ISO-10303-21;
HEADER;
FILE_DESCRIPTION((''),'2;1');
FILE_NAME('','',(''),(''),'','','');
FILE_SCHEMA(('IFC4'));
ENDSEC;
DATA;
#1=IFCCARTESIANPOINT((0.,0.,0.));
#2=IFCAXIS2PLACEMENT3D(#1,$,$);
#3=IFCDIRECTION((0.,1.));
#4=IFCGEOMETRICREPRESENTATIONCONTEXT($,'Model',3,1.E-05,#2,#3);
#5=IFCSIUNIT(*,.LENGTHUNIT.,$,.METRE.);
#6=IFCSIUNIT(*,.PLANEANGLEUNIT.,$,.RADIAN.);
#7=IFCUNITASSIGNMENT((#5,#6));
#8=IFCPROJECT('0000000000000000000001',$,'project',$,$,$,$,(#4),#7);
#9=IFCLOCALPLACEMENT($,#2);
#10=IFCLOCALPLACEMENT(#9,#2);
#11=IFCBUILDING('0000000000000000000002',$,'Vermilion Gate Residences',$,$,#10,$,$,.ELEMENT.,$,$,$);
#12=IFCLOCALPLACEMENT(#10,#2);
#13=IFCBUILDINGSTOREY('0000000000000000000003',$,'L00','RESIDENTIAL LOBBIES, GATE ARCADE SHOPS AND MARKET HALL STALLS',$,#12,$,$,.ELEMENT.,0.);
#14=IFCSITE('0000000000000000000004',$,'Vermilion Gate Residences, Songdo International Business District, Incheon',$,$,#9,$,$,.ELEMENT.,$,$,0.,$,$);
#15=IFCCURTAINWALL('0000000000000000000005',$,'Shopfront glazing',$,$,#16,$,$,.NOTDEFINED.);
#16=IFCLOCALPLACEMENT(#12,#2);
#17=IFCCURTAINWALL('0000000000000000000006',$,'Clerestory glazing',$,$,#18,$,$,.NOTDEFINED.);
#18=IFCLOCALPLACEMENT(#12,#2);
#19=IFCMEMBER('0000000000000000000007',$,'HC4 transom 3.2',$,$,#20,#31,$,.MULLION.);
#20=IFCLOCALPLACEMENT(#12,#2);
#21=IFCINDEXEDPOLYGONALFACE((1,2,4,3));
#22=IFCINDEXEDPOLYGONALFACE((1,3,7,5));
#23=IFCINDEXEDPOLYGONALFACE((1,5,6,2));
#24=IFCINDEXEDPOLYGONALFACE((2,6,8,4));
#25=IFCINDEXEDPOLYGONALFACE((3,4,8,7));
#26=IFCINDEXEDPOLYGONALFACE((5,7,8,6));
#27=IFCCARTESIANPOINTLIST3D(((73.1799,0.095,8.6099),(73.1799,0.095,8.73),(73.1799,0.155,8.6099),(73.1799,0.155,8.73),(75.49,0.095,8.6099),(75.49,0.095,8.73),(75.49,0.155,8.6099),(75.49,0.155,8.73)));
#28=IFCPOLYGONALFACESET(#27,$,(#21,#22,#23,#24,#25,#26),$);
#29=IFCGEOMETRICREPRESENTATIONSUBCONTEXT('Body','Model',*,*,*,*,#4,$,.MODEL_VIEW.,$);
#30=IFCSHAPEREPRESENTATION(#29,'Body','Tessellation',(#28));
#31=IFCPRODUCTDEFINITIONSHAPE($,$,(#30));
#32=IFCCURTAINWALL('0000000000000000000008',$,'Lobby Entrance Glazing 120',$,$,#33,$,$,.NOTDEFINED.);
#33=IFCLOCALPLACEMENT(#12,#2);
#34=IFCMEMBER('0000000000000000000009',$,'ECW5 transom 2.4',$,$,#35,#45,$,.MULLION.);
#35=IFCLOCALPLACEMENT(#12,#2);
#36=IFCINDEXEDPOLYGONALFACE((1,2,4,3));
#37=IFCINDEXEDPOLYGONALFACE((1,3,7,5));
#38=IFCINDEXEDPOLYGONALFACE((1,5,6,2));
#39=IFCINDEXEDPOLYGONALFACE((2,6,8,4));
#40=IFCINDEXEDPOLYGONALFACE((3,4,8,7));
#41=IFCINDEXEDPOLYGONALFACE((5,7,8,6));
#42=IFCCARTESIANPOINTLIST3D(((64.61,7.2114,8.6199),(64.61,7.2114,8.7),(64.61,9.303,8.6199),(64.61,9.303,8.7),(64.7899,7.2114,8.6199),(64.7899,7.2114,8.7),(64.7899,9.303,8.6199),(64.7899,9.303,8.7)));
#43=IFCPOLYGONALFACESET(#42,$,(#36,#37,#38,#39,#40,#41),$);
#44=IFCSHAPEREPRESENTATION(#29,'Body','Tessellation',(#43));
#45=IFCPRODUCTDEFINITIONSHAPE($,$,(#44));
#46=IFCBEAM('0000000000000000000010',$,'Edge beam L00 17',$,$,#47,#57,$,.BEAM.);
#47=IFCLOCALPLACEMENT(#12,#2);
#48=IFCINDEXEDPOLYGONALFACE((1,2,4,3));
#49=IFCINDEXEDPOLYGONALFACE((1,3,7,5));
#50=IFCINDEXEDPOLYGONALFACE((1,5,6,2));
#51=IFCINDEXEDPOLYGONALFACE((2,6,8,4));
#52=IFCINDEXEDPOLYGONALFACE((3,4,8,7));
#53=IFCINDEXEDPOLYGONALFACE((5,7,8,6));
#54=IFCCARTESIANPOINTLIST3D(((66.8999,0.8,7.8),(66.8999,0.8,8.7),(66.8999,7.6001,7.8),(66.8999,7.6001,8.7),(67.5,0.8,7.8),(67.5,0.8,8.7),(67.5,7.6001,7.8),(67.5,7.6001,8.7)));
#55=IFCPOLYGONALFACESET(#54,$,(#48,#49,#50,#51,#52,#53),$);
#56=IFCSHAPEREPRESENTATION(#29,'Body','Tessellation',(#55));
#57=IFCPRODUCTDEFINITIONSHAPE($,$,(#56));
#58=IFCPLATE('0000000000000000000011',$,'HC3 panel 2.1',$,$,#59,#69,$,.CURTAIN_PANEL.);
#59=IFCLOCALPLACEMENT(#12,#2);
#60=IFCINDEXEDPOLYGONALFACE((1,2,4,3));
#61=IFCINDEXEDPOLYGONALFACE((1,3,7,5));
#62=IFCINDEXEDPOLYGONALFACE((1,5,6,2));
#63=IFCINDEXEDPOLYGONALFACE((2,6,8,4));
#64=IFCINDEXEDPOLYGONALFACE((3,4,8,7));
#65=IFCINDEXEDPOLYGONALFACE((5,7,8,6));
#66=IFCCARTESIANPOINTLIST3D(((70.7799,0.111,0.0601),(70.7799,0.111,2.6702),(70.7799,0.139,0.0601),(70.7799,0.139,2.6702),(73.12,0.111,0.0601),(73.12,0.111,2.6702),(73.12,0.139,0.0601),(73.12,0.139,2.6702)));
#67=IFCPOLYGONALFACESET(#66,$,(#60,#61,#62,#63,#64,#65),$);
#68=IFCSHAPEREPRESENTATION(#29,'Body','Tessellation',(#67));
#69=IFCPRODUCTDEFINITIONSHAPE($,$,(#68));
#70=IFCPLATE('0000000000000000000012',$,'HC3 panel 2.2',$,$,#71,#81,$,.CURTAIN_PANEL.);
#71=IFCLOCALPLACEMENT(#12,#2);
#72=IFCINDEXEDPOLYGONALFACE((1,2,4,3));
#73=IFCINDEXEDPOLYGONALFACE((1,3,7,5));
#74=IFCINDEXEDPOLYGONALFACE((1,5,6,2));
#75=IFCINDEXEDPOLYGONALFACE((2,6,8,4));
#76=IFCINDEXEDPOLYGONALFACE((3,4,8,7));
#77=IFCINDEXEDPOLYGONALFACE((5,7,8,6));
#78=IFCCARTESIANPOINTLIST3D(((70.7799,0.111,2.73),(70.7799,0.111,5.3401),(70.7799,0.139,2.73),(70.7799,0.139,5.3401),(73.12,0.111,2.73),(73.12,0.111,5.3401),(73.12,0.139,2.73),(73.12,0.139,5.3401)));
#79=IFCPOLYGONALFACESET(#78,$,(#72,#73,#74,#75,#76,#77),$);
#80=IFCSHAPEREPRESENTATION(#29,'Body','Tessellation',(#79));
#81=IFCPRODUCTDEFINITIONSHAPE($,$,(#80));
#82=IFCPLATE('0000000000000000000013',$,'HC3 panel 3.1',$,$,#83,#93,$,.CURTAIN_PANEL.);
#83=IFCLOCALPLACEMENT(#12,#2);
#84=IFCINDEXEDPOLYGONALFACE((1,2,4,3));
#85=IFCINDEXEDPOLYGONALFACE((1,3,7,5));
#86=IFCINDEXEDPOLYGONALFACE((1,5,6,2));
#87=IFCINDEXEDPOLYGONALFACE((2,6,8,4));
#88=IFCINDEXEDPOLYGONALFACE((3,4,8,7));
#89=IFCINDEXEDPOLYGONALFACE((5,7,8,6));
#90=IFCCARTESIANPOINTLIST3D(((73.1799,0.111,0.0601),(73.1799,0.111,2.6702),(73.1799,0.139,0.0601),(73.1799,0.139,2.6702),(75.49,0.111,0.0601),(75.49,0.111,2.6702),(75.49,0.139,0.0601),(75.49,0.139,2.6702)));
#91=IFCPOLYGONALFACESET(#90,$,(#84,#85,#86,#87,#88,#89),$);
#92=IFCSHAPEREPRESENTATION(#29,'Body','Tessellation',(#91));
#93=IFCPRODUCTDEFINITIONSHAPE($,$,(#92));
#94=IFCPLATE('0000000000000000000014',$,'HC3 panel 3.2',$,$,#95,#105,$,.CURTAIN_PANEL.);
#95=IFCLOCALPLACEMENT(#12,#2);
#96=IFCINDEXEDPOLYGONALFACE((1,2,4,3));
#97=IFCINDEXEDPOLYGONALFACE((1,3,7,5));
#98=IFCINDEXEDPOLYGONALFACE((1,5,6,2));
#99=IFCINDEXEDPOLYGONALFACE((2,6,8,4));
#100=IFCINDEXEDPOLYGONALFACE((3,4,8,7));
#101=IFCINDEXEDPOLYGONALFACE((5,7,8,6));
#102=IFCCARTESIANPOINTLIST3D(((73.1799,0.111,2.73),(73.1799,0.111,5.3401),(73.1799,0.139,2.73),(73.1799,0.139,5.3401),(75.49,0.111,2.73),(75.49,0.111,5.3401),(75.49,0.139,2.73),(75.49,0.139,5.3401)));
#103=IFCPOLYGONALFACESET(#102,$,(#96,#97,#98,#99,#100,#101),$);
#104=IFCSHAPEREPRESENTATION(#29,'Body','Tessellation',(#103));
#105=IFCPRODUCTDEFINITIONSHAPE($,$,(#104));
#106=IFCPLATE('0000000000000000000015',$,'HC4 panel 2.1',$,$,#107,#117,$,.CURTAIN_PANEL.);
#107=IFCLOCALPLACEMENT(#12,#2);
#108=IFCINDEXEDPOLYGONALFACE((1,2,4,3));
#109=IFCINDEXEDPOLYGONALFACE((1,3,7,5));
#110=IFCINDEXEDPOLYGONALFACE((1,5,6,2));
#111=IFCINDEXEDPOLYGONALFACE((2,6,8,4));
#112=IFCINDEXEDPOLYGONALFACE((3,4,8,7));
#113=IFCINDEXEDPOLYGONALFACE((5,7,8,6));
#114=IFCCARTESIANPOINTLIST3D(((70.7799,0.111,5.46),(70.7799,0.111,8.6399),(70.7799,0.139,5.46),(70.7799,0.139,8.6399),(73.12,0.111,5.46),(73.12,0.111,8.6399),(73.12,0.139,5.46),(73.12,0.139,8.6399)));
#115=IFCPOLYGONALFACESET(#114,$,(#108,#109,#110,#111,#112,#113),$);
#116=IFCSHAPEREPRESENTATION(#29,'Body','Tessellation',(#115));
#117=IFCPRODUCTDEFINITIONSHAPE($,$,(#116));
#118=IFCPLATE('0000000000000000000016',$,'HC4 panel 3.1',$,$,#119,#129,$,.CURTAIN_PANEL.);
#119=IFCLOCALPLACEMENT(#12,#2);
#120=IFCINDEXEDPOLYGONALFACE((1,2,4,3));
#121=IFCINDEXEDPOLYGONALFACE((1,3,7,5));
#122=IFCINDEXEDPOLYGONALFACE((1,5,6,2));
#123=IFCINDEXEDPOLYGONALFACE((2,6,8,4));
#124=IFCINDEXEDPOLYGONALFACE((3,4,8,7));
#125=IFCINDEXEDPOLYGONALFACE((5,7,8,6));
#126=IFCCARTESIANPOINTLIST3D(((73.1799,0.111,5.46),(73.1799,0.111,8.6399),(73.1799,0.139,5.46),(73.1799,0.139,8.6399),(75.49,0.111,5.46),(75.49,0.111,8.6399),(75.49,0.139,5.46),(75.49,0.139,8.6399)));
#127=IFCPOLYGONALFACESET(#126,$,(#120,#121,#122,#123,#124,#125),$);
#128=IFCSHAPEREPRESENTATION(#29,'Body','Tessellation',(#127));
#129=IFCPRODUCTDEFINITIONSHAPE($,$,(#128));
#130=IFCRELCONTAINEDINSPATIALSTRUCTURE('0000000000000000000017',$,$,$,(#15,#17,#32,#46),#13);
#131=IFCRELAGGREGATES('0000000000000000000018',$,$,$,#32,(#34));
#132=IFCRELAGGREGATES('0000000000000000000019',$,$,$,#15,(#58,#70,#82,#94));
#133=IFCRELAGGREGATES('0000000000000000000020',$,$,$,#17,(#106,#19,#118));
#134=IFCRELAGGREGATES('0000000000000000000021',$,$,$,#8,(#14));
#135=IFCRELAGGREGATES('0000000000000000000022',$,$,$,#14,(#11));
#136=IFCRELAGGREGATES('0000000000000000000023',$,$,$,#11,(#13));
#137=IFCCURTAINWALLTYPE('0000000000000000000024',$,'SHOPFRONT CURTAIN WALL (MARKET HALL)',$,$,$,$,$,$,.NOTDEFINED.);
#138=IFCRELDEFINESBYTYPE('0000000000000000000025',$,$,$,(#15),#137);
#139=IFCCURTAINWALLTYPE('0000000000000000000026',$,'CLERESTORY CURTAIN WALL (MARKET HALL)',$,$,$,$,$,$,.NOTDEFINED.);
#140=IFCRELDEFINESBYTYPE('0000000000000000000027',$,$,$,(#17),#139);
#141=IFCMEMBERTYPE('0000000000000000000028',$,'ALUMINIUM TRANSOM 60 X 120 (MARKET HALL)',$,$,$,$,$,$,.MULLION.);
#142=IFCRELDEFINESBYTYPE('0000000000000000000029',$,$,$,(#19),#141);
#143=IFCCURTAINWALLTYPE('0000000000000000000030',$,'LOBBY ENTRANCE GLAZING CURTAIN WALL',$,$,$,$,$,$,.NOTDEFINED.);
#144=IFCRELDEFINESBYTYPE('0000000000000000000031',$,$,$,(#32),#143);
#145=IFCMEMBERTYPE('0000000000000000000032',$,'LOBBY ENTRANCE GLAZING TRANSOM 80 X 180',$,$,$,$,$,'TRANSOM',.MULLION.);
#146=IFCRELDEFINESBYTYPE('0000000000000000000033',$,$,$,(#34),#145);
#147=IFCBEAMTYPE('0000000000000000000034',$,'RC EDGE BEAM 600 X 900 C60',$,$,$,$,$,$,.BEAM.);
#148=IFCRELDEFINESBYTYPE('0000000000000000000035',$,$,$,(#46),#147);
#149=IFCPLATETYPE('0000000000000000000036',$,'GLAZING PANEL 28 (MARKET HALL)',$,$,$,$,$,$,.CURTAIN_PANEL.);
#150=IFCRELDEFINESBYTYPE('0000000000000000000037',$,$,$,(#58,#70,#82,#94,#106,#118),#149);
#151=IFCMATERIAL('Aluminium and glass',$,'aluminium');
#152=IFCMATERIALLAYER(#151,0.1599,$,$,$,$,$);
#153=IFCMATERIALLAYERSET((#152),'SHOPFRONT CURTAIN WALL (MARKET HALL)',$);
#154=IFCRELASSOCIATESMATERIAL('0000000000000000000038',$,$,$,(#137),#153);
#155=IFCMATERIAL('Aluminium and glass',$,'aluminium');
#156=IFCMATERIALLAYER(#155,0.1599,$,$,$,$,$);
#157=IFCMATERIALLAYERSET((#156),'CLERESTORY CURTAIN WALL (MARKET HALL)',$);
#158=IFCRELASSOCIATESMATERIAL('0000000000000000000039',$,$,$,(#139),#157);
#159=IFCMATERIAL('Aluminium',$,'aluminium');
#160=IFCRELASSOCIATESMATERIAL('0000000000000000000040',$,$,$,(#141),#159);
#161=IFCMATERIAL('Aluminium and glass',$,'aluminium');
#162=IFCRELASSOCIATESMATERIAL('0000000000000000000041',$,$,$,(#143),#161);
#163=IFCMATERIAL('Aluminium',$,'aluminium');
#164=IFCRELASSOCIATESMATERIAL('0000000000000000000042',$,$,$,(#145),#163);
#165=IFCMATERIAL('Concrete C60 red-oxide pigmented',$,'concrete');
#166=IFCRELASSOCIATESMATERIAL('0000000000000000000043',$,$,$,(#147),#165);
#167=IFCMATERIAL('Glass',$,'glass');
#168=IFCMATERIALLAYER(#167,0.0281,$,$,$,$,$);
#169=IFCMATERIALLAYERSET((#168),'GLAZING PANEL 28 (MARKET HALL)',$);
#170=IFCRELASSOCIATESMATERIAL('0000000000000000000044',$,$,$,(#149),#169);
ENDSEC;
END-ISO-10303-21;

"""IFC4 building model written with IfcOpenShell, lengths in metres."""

from ifc_helpers import new_model, si_unit, direction, frame, origin, origin_2d, place, context, subcontext, project, spatial, rectangle, extrude, material, layer, layer_set, material_profile, profile_set, type_object, element, aggregate, save


model = new_model("IFC4")

# Units and contexts
model_context = context("Model", 3, precision=1e-05, world=origin(), true_north=direction((0.0, 1.0)))
body_context = subcontext(model_context, "Body", "Model", "MODEL_VIEW")
ifc_project = project(units=[si_unit("LENGTHUNIT", "METRE"), si_unit("PLANEANGLEUNIT", "RADIAN")], contexts=[model_context])

# Site, building, storey
site_placement = place(None, origin())
site = spatial("IfcSite", under=ifc_project, at=site_placement, Name="Vermilion Gate Residences, Songdo International Business District, Incheon", CompositionType="ELEMENT", RefElevation=0.0)
building_placement = place(site_placement, origin())
building = spatial("IfcBuilding", under=site, at=building_placement, Name="Vermilion Gate Residences", CompositionType="ELEMENT")
storey_placement = place(building_placement, origin())
storey = spatial("IfcBuildingStorey", under=building, at=storey_placement, Name="L00", Description="RESIDENTIAL LOBBIES, GATE ARCADE SHOPS AND MARKET HALL STALLS", CompositionType="ELEMENT", Elevation=0.0)

# Curtain walls
ifc_material_1 = material(Name="Aluminium and glass", Category="aluminium")
ifc_layer_1 = layer(ifc_material_1, 0.1599)
ifc_layer_set_1 = layer_set([ifc_layer_1], Name="SHOPFRONT CURTAIN WALL (MARKET HALL)")
curtain_wall_type_1 = type_object("IfcCurtainWallType", Name="SHOPFRONT CURTAIN WALL (MARKET HALL)", PredefinedType="NOTDEFINED", material=ifc_layer_set_1)
curtain_wall_1_placement = place(storey_placement, origin())
curtain_wall_1 = element("IfcCurtainWall", 1, at=curtain_wall_1_placement, inside=storey, type_object=curtain_wall_type_1, Name="Shopfront glazing", PredefinedType="NOTDEFINED")
ifc_material_2 = material(Name="Aluminium and glass", Category="aluminium")
ifc_layer_2 = layer(ifc_material_2, 0.1599)
ifc_layer_set_2 = layer_set([ifc_layer_2], Name="CLERESTORY CURTAIN WALL (MARKET HALL)")
curtain_wall_type_2 = type_object("IfcCurtainWallType", Name="CLERESTORY CURTAIN WALL (MARKET HALL)", PredefinedType="NOTDEFINED", material=ifc_layer_set_2)
curtain_wall_2_placement = place(storey_placement, origin())
curtain_wall_2 = element("IfcCurtainWall", 2, at=curtain_wall_2_placement, inside=storey, type_object=curtain_wall_type_2, Name="Clerestory glazing", PredefinedType="NOTDEFINED")

# Member
ifc_material_3 = material(Name="Aluminium", Category="aluminium")
ifc_material_profile_1 = material_profile(ifc_material_3, rectangle(XDim=0.0601, YDim=0.1201, at=origin_2d()), Name="ALUMINIUM TRANSOM 60 X 120 (MARKET HALL)")
ifc_profile_set_1 = profile_set([ifc_material_profile_1], Name="Aluminium")
member_type_1 = type_object("IfcMemberType", Name="ALUMINIUM TRANSOM 60 X 120 (MARKET HALL)", PredefinedType="MULLION", material=ifc_profile_set_1)
member_1_placement = place(storey_placement, frame((73.1799, 0.125, 8.6699), z_axis=(1.0, 0.0, 0.0), x_axis=(0.0, 1.0, 0.0)))
member_1 = element("IfcMember", 3, at=member_1_placement, type_object=member_type_1, Name="HC4 transom 3.2", PredefinedType="MULLION", context=body_context, shape_type="SweptSolid", body=[
    extrude(rectangle(XDim=0.0601, YDim=0.1201, at=origin_2d()), origin(), (0.0, 0.0, 1.0), 2.3101),
])

# Curtain wall, member
ifc_material_4 = material(Name="Aluminium and glass", Category="aluminium")
curtain_wall_type_3 = type_object("IfcCurtainWallType", Name="LOBBY ENTRANCE GLAZING CURTAIN WALL", PredefinedType="NOTDEFINED", material=ifc_material_4)
curtain_wall_3_placement = place(storey_placement, origin())
curtain_wall_3 = element("IfcCurtainWall", 4, at=curtain_wall_3_placement, inside=storey, type_object=curtain_wall_type_3, Name="Lobby Entrance Glazing 120", PredefinedType="NOTDEFINED")
ifc_material_5 = material(Name="Aluminium", Category="aluminium")
ifc_material_profile_2 = material_profile(ifc_material_5, rectangle(XDim=0.1799, YDim=0.0801, at=origin_2d()), Name="TRANSOM 80 X 180")
ifc_profile_set_2 = profile_set([ifc_material_profile_2], Name="Aluminium")
member_type_2 = type_object("IfcMemberType", Name="LOBBY ENTRANCE GLAZING TRANSOM 80 X 180", ElementType="TRANSOM", PredefinedType="MULLION", material=ifc_profile_set_2)
member_2_placement = place(storey_placement, frame((64.7, 7.2114, 8.6599), z_axis=(0.0, 1.0, 0.0), x_axis=(-1.0, 0.0, 0.0)))
member_2 = element("IfcMember", 5, at=member_2_placement, type_object=member_type_2, Name="ECW5 transom 2.4", PredefinedType="MULLION", context=body_context, shape_type="SweptSolid", body=[
    extrude(rectangle(XDim=0.1799, YDim=0.0801, at=origin_2d()), origin(), (0.0, 0.0, 1.0), 2.0916),
])
aggregate(curtain_wall_3, [member_2])

# Beam
ifc_material_6 = material(Name="Concrete C60 red-oxide pigmented", Category="concrete")
ifc_material_profile_3 = material_profile(ifc_material_6, rectangle(XDim=0.6001, YDim=0.8999, at=origin_2d()), Name="RC-600x900")
ifc_profile_set_3 = profile_set([ifc_material_profile_3], Name="Concrete C60 red-oxide pigmented")
beam_type = type_object("IfcBeamType", Name="RC EDGE BEAM 600 X 900 C60", PredefinedType="BEAM", material=ifc_profile_set_3)
beam_placement = place(storey_placement, frame((67.2, 0.8, 8.25), z_axis=(0.0, 1.0, 0.0), x_axis=(-1.0, 0.0, 0.0)))
element("IfcBeam", 6, at=beam_placement, inside=storey, type_object=beam_type, Name="Edge beam L00 17", PredefinedType="BEAM", context=body_context, shape_type="SweptSolid", body=[
    extrude(rectangle(XDim=0.6001, YDim=0.8999, at=origin_2d()), origin(), (0.0, 0.0, 1.0), 6.8),
])

# Plates
ifc_material_7 = material(Name="Glass", Category="glass")
ifc_layer_3 = layer(ifc_material_7, 0.0281)
ifc_layer_set_3 = layer_set([ifc_layer_3], Name="GLAZING PANEL 28 (MARKET HALL)")
plate_type = type_object("IfcPlateType", Name="GLAZING PANEL 28 (MARKET HALL)", PredefinedType="CURTAIN_PANEL", material=ifc_layer_set_3)
plate_1_placement = place(storey_placement, frame((71.95, 0.125, 0.0601), z_axis=(0.0, 0.0, 1.0), x_axis=(1.0, 0.0, 0.0)))
plate_1 = element("IfcPlate", 7, at=plate_1_placement, type_object=plate_type, Name="HC3 panel 2.1", PredefinedType="CURTAIN_PANEL", context=body_context, shape_type="SweptSolid", body=[
    extrude(rectangle(XDim=2.3401, YDim=0.0281, at=origin_2d()), origin(), (0.0, 0.0, 1.0), 2.6101),
])
plate_2_placement = place(storey_placement, frame((71.95, 0.125, 2.73), z_axis=(0.0, 0.0, 1.0), x_axis=(1.0, 0.0, 0.0)))
plate_2 = element("IfcPlate", 8, at=plate_2_placement, type_object=plate_type, Name="HC3 panel 2.2", PredefinedType="CURTAIN_PANEL", context=body_context, shape_type="SweptSolid", body=[
    extrude(rectangle(XDim=2.3401, YDim=0.0281, at=origin_2d()), origin(), (0.0, 0.0, 1.0), 2.6101),
])
plate_3_placement = place(storey_placement, frame((74.335, 0.125, 0.0601), z_axis=(0.0, 0.0, 1.0), x_axis=(1.0, 0.0, 0.0)))
plate_3 = element("IfcPlate", 9, at=plate_3_placement, type_object=plate_type, Name="HC3 panel 3.1", PredefinedType="CURTAIN_PANEL", context=body_context, shape_type="SweptSolid", body=[
    extrude(rectangle(XDim=2.3101, YDim=0.0281, at=origin_2d()), origin(), (0.0, 0.0, 1.0), 2.6101),
])
plate_4_placement = place(storey_placement, frame((74.335, 0.125, 2.73), z_axis=(0.0, 0.0, 1.0), x_axis=(1.0, 0.0, 0.0)))
plate_4 = element("IfcPlate", 10, at=plate_4_placement, type_object=plate_type, Name="HC3 panel 3.2", PredefinedType="CURTAIN_PANEL", context=body_context, shape_type="SweptSolid", body=[
    extrude(rectangle(XDim=2.3101, YDim=0.0281, at=origin_2d()), origin(), (0.0, 0.0, 1.0), 2.6101),
])
aggregate(curtain_wall_1, [plate_1, plate_2, plate_3, plate_4])
plate_5_placement = place(storey_placement, frame((71.95, 0.125, 5.46), z_axis=(0.0, 0.0, 1.0), x_axis=(1.0, 0.0, 0.0)))
plate_5 = element("IfcPlate", 11, at=plate_5_placement, type_object=plate_type, Name="HC4 panel 2.1", PredefinedType="CURTAIN_PANEL", context=body_context, shape_type="SweptSolid", body=[
    extrude(rectangle(XDim=2.3401, YDim=0.0281, at=origin_2d()), origin(), (0.0, 0.0, 1.0), 3.1799),
])
plate_6_placement = place(storey_placement, frame((74.335, 0.125, 5.46), z_axis=(0.0, 0.0, 1.0), x_axis=(1.0, 0.0, 0.0)))
plate_6 = element("IfcPlate", 12, at=plate_6_placement, type_object=plate_type, Name="HC4 panel 3.1", PredefinedType="CURTAIN_PANEL", context=body_context, shape_type="SweptSolid", body=[
    extrude(rectangle(XDim=2.3101, YDim=0.0281, at=origin_2d()), origin(), (0.0, 0.0, 1.0), 3.1799),
])
aggregate(curtain_wall_2, [plate_5, member_1, plate_6])

save(model, "model.ifc")
